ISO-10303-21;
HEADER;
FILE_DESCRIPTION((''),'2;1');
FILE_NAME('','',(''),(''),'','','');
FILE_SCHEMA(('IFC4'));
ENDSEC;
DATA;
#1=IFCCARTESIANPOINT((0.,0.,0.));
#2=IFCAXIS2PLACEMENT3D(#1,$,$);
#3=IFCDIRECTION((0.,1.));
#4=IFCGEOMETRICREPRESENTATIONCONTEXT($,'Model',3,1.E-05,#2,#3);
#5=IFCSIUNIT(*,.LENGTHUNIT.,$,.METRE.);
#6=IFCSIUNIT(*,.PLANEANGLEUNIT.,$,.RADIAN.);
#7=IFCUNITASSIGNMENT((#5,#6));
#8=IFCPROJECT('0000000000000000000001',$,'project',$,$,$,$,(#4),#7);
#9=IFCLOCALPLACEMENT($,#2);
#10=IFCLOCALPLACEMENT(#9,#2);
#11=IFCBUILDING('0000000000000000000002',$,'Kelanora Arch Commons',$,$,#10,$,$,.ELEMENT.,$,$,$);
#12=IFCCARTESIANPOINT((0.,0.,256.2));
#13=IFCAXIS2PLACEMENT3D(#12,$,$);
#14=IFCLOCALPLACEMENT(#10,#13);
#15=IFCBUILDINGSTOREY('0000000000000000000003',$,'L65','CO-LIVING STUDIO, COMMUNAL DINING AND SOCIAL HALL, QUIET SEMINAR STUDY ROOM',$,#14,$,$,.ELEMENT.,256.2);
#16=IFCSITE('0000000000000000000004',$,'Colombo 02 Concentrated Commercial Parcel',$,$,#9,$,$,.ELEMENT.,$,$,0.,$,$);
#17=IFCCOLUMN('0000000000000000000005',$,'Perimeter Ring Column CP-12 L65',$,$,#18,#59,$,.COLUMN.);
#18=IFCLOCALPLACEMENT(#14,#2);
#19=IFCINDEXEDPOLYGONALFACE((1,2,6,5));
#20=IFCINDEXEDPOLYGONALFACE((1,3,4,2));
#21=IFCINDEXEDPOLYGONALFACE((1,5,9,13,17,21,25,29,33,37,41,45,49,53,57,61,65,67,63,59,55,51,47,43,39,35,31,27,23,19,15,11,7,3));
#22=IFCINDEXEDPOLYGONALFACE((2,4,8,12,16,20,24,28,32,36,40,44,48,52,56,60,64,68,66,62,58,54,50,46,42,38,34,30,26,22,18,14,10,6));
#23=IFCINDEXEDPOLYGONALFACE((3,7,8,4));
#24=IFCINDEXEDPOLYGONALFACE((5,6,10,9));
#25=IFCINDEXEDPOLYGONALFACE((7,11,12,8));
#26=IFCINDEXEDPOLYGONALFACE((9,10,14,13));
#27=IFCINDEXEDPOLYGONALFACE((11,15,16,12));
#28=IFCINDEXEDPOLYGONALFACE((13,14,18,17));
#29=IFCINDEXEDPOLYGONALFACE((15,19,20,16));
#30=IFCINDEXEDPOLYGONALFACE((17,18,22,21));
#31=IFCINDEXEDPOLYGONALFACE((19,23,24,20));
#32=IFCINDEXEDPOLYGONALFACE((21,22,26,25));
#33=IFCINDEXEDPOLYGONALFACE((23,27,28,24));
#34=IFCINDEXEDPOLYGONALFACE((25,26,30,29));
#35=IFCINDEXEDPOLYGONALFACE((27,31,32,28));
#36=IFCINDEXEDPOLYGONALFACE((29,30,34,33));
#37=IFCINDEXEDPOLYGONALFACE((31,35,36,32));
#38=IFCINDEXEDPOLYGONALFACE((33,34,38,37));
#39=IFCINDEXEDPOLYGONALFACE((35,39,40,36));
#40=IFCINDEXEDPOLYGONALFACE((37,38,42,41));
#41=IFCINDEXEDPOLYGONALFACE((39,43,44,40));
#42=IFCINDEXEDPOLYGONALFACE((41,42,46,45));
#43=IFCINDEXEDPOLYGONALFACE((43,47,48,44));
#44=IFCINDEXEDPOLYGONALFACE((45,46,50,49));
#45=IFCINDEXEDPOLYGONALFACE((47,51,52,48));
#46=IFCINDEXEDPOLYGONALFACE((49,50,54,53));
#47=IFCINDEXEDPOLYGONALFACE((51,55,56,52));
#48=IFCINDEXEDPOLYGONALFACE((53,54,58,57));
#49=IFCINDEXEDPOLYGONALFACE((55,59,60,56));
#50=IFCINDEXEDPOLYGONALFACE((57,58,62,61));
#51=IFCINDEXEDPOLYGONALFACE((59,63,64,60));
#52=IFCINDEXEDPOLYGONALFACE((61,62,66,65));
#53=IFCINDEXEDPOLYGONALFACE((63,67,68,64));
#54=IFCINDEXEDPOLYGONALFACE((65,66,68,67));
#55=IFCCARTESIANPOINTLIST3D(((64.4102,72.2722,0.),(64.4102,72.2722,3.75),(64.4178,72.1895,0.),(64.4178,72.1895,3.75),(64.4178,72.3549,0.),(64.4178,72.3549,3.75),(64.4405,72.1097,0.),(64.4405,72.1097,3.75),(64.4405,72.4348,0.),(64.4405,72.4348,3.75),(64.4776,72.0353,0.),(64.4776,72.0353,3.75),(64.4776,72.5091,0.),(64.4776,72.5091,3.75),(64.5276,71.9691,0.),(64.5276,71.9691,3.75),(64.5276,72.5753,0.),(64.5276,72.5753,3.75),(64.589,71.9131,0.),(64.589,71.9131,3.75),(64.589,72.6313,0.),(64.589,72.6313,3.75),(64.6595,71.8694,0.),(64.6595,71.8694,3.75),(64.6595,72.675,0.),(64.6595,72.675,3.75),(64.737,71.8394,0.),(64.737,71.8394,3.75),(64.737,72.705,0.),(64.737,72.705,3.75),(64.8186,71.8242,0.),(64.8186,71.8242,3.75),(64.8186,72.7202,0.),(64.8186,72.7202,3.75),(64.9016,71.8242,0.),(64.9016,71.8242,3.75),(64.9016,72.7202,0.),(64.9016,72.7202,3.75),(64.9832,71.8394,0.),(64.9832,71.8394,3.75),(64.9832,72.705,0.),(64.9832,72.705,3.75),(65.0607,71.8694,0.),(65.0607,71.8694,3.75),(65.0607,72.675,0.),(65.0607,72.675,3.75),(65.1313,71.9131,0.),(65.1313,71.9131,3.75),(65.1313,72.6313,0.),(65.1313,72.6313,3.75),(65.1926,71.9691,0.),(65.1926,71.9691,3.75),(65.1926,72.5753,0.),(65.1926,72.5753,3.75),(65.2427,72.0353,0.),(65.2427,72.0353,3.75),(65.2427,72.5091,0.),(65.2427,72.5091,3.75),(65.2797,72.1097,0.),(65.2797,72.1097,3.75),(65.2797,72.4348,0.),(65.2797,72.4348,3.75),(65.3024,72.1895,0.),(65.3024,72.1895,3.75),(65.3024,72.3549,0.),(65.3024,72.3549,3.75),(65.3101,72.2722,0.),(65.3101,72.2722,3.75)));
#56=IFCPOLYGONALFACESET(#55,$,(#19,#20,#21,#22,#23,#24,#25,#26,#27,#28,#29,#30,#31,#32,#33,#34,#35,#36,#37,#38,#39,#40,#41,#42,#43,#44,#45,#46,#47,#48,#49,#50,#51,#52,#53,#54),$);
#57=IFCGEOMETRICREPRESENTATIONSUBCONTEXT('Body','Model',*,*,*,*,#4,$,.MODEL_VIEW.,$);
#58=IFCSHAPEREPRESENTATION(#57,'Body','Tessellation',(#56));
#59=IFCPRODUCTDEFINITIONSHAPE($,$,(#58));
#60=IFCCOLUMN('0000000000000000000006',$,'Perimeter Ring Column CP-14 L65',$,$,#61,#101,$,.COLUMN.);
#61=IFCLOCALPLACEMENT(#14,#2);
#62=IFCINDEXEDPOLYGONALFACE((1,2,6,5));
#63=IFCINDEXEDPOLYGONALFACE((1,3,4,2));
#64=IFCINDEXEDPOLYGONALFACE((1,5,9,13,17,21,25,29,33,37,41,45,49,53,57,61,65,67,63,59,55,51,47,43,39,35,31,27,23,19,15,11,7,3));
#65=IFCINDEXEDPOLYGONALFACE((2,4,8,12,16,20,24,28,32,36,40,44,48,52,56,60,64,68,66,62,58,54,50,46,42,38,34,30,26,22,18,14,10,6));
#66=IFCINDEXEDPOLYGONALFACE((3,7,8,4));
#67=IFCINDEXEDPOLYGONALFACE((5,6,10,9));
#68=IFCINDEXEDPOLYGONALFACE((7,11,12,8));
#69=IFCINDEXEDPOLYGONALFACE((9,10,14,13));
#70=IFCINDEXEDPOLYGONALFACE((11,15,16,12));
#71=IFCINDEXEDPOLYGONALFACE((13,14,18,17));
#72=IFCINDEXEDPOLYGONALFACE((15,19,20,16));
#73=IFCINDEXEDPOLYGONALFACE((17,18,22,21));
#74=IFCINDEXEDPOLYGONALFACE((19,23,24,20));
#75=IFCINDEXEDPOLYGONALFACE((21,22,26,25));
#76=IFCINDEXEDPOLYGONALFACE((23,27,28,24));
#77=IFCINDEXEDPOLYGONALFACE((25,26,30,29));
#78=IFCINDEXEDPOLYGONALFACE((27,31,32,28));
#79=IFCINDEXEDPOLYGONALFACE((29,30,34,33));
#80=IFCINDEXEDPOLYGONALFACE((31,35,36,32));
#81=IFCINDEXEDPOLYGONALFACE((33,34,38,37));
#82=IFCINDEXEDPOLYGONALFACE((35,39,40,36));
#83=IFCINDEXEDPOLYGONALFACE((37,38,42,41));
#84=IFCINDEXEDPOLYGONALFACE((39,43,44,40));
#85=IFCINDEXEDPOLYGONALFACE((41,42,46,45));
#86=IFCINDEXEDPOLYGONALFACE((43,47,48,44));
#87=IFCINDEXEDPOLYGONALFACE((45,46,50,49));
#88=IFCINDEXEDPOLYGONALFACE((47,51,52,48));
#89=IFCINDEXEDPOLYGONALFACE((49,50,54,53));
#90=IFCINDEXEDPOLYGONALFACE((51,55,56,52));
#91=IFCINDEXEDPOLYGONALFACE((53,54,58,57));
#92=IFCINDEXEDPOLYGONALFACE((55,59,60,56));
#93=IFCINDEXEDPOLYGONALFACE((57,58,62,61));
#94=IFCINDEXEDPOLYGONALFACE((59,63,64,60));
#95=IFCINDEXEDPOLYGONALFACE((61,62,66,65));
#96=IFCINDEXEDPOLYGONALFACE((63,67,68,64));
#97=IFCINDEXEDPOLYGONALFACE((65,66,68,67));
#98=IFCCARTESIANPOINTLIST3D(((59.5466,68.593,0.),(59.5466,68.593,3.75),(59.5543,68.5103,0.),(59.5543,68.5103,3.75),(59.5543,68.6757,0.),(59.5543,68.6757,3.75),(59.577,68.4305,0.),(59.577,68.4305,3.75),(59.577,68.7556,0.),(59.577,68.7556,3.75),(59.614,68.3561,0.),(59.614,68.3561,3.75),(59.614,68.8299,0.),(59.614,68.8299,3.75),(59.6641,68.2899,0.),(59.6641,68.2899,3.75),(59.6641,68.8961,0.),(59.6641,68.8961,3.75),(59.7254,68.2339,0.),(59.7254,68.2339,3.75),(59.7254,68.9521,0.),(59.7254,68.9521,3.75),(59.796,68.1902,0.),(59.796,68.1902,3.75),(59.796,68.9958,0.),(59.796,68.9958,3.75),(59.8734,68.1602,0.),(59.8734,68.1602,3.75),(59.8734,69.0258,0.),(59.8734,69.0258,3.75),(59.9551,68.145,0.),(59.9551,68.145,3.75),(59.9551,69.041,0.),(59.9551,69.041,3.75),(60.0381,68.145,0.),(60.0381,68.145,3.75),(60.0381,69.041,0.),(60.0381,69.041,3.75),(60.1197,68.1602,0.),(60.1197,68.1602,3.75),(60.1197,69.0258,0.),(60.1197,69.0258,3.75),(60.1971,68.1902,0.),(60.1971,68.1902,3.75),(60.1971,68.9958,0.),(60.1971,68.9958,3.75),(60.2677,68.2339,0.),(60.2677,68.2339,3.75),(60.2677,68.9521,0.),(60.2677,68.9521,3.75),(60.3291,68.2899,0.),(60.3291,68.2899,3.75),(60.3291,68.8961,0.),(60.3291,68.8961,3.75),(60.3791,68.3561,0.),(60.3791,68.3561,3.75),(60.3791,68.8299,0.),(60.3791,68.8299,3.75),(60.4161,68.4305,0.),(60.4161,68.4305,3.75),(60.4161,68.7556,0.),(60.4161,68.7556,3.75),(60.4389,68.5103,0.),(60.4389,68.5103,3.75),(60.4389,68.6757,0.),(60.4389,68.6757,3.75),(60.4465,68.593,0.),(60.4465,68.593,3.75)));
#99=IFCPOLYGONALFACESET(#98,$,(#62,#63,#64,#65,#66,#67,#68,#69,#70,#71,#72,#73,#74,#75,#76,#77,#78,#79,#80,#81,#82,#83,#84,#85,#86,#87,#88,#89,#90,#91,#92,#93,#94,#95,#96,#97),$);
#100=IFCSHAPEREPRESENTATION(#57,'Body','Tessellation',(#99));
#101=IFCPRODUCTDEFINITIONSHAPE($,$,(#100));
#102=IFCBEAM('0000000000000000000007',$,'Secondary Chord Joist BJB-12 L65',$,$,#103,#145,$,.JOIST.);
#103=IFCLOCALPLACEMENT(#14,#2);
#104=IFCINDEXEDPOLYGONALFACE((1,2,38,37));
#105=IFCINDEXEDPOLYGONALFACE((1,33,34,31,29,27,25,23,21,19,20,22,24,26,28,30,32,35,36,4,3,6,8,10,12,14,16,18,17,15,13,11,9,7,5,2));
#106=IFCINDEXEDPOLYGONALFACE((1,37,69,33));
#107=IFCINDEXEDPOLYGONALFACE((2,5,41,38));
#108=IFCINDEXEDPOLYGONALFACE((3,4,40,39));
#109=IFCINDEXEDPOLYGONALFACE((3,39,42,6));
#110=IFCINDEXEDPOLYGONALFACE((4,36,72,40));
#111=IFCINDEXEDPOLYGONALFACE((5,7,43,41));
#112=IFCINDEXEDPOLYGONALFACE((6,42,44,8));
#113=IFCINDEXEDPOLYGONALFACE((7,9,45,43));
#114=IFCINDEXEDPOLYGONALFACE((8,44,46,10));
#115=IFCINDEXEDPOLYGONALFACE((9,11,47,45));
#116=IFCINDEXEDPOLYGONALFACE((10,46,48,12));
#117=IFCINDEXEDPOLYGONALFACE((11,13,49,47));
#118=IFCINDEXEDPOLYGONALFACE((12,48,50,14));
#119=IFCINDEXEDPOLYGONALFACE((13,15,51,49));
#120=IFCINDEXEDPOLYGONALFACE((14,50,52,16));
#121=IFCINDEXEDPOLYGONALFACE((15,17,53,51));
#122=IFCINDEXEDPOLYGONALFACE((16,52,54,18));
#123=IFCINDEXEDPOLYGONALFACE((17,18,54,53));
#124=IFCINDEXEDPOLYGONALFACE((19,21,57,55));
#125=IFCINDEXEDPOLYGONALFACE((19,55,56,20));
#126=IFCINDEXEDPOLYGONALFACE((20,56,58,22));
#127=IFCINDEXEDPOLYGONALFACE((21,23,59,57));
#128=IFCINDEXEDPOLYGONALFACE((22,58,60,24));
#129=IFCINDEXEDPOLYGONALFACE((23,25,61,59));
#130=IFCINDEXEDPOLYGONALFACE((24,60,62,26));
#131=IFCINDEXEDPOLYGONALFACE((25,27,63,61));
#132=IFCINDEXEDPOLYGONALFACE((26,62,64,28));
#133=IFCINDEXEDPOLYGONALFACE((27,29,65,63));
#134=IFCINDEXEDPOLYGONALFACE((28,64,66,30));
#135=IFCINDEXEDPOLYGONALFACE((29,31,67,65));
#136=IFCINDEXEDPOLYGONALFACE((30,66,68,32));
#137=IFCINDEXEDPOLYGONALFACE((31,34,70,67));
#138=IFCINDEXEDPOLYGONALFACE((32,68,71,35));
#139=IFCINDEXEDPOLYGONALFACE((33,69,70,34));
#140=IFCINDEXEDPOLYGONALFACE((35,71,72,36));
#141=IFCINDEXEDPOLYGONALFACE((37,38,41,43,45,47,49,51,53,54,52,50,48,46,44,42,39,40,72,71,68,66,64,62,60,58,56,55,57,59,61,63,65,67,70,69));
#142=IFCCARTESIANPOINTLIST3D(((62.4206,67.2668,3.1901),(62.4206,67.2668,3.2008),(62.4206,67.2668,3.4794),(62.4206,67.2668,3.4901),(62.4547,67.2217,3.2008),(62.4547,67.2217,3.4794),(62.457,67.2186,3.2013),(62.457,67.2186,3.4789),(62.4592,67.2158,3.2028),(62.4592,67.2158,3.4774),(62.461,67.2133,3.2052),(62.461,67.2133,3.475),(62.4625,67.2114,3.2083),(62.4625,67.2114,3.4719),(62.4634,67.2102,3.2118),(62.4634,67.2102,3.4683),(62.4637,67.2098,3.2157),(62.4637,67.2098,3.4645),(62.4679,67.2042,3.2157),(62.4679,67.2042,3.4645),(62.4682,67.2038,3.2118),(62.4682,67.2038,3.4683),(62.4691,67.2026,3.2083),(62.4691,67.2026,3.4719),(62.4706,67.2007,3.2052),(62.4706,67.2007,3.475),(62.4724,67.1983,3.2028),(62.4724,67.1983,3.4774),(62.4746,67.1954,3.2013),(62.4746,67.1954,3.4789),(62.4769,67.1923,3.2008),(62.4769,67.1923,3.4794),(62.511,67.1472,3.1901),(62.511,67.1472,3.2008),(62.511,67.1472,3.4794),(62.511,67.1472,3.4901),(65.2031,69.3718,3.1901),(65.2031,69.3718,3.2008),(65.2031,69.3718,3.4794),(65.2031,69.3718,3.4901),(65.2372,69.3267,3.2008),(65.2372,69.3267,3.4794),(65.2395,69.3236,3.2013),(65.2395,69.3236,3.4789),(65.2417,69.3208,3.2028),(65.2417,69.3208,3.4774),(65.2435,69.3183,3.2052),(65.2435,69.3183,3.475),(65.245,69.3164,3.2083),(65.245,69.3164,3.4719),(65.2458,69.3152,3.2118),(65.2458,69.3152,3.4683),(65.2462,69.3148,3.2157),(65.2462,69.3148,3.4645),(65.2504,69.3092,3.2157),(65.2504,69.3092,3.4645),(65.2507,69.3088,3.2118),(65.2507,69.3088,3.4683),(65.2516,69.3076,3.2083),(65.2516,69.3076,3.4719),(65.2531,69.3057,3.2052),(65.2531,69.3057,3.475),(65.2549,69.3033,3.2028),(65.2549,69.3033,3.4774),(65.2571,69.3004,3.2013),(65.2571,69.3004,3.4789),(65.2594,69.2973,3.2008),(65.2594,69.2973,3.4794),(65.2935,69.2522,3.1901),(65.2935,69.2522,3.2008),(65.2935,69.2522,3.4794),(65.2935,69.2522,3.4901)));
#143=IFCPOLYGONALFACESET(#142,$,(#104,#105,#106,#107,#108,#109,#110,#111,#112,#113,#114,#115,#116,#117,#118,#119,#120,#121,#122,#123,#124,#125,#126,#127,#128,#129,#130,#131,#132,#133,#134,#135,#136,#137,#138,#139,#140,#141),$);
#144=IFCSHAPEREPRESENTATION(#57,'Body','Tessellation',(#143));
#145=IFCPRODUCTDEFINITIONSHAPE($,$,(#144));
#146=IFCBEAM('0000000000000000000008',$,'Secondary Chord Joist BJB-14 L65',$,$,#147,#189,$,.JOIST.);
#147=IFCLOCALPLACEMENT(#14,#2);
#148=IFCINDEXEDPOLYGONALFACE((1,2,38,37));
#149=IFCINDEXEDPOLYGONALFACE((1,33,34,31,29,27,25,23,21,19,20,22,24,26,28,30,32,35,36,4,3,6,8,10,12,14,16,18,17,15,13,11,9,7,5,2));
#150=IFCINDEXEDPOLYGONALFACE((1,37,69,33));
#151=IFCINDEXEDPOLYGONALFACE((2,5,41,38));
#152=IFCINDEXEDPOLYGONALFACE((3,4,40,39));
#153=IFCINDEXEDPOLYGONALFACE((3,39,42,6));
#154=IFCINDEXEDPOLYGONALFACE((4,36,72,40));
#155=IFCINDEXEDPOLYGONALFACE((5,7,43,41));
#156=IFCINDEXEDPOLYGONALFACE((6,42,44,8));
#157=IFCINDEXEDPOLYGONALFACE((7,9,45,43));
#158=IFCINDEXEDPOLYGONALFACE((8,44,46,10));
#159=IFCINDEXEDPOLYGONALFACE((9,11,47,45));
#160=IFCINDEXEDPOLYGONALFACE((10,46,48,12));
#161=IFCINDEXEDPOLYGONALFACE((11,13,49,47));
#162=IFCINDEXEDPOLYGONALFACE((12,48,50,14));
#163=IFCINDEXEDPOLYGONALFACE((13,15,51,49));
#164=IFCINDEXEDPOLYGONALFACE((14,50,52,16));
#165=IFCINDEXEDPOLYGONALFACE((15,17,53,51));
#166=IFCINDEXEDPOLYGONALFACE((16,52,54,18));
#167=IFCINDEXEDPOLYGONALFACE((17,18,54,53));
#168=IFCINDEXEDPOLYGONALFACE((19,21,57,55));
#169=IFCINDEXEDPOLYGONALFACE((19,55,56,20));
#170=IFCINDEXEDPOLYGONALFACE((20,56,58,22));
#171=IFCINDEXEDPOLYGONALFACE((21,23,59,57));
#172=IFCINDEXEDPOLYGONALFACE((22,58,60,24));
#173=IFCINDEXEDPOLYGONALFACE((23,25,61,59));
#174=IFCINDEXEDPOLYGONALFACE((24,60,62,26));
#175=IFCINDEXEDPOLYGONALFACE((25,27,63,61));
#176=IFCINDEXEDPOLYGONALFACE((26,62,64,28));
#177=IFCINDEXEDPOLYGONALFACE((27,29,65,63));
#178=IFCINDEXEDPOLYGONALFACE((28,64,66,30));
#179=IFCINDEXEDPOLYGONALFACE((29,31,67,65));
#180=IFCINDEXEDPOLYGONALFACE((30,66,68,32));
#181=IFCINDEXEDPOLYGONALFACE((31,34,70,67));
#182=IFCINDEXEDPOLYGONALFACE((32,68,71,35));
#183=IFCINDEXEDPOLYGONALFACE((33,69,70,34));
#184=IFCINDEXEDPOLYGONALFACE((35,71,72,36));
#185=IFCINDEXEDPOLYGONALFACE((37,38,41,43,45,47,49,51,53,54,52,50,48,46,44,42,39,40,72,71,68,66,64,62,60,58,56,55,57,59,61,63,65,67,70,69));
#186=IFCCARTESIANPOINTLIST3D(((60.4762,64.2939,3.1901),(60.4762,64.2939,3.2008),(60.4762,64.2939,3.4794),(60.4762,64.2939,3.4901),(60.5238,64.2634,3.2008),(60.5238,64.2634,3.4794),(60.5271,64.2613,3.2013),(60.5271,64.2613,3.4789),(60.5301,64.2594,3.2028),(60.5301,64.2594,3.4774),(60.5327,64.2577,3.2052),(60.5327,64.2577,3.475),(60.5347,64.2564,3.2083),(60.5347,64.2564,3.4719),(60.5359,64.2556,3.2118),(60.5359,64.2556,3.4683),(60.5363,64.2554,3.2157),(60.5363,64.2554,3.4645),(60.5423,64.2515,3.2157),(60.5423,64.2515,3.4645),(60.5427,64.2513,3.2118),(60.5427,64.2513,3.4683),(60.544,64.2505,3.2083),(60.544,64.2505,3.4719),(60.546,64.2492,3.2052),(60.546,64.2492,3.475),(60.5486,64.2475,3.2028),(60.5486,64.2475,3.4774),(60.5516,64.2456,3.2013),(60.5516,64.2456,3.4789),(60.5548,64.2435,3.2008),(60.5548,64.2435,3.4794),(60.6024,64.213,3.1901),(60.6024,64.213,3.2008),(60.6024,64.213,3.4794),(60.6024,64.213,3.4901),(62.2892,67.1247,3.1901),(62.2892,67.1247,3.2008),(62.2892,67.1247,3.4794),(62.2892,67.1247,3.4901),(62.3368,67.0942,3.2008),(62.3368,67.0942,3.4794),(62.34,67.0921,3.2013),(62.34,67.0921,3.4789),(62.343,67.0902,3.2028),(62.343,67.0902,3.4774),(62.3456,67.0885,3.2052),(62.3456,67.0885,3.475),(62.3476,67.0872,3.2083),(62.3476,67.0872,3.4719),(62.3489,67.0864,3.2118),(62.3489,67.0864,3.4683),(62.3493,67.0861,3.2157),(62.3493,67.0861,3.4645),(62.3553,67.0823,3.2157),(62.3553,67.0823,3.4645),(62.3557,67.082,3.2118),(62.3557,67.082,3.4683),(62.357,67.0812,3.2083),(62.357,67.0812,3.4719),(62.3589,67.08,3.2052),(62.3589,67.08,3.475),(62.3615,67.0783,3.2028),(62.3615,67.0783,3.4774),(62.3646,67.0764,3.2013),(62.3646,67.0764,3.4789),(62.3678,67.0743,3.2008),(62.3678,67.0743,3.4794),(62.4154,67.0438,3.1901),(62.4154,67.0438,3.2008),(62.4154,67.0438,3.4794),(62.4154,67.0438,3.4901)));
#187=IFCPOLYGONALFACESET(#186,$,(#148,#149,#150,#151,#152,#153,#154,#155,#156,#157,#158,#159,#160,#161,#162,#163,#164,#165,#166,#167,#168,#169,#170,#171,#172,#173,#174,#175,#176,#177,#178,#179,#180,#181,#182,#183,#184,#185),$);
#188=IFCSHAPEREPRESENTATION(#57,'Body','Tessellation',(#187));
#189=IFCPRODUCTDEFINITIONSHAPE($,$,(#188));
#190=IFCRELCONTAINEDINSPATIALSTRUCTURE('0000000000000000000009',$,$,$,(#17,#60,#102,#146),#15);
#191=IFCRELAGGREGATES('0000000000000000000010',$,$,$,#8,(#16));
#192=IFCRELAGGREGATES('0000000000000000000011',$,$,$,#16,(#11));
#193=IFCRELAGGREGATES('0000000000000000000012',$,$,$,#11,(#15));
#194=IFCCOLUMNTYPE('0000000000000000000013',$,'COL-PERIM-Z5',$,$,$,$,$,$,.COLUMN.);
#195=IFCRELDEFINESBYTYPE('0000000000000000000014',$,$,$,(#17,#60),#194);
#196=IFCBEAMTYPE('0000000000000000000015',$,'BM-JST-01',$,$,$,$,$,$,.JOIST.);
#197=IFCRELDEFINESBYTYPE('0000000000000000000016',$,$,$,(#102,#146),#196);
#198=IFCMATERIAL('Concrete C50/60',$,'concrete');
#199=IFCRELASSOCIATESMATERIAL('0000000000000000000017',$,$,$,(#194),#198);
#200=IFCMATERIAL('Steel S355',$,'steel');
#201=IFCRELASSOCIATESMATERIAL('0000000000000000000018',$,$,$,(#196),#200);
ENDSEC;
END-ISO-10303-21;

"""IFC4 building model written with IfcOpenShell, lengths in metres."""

from ifc_helpers import new_model, si_unit, direction, frame, origin, origin_2d, place, context, subcontext, project, spatial, circle, i_section, extrude, material, material_profile, profile_set, type_object, element, save


model = new_model("IFC4")

# Units and contexts
model_context = context("Model", 3, precision=1e-05, world=origin(), true_north=direction((0.0, 1.0)))
body_context = subcontext(model_context, "Body", "Model", "MODEL_VIEW")
ifc_project = project(units=[si_unit("LENGTHUNIT", "METRE"), si_unit("PLANEANGLEUNIT", "RADIAN")], contexts=[model_context])

# Site, building, storey
site_placement = place(None, origin())
site = spatial("IfcSite", under=ifc_project, at=site_placement, Name="Colombo 02 Concentrated Commercial Parcel", CompositionType="ELEMENT", RefElevation=0.0)
building_placement = place(site_placement, origin())
building = spatial("IfcBuilding", under=site, at=building_placement, Name="Kelanora Arch Commons", CompositionType="ELEMENT")
storey_placement = place(building_placement, frame((0.0, 0.0, 256.2)))
storey = spatial("IfcBuildingStorey", under=building, at=storey_placement, Name="L65", Description="CO-LIVING STUDIO, COMMUNAL DINING AND SOCIAL HALL, QUIET SEMINAR STUDY ROOM", CompositionType="ELEMENT", Elevation=256.2)

# Columns
ifc_material_1 = material(Name="Concrete C50/60", Category="concrete")
ifc_material_profile_1 = material_profile(ifc_material_1, circle(Radius=0.45, at=origin_2d()), Name="RCC900")
ifc_profile_set_1 = profile_set([ifc_material_profile_1], Name="Concrete C50/60")
column_type = type_object("IfcColumnType", Name="COL-PERIM-Z5", PredefinedType="COLUMN", material=ifc_profile_set_1)
for number, where, z_axis, x_axis, name in (
    (1, (64.8601, 72.2722, 0.0), (0.0, 0.0, 1.0), (1.0, 0.0, 0.0), "Perimeter Ring Column CP-12 L65"),
    (2, (59.9966, 68.593, 0.0), (0.0, 0.0, 1.0), (1.0, 0.0, 0.0), "Perimeter Ring Column CP-14 L65"),
):
    element("IfcColumn", number, at=place(storey_placement, frame(where, z_axis=z_axis, x_axis=x_axis)), inside=storey, type_object=column_type, Name=name, PredefinedType="COLUMN", context=body_context, shape_type="SweptSolid", body=[
        extrude(circle(Radius=0.45, at=origin_2d()), origin(), (0.0, 0.0, 1.0), 3.75),
    ])

# Beams
ifc_material_2 = material(Name="Steel S355", Category="steel")
ifc_material_profile_2 = material_profile(ifc_material_2, i_section(OverallWidth=0.1499, OverallDepth=0.3, WebThickness=0.0071, FlangeThickness=0.0107, FilletRadius=0.0149, at=origin_2d()), Name="IPE300")
ifc_profile_set_2 = profile_set([ifc_material_profile_2], Name="Steel S355")
beam_type_1 = type_object("IfcBeamType", Name="BM-JST-01", PredefinedType="JOIST", material=ifc_profile_set_2)
beam_1_placement = place(storey_placement, frame((65.2483, 69.312, 3.3401), z_axis=(-0.797499, -0.60332, 0.0), x_axis=(0.60332, -0.797499, 0.0)))
element("IfcBeam", 3, at=beam_1_placement, inside=storey, type_object=beam_type_1, Name="Secondary Chord Joist BJB-12 L65", PredefinedType="JOIST", context=body_context, shape_type="SweptSolid", body=[
    extrude(i_section(OverallWidth=0.1499, OverallDepth=0.3, WebThickness=0.0071, FlangeThickness=0.0107, FilletRadius=0.0149, at=origin_2d()), origin(), (0.0, 0.0, 1.0), 3.489),
])
beam_2_placement = place(storey_placement, frame((62.3523, 67.0842, 3.3401), z_axis=(-0.539322, -0.8421, 0.0), x_axis=(0.8421, -0.539322, 0.0)))
element("IfcBeam", 4, at=beam_2_placement, inside=storey, type_object=beam_type_1, Name="Secondary Chord Joist BJB-14 L65", PredefinedType="JOIST", context=body_context, shape_type="SweptSolid", body=[
    extrude(i_section(OverallWidth=0.1499, OverallDepth=0.3, WebThickness=0.0071, FlangeThickness=0.0107, FilletRadius=0.0149, at=origin_2d()), origin(), (0.0, 0.0, 1.0), 3.3616),
])

save(model, "model.ifc")
